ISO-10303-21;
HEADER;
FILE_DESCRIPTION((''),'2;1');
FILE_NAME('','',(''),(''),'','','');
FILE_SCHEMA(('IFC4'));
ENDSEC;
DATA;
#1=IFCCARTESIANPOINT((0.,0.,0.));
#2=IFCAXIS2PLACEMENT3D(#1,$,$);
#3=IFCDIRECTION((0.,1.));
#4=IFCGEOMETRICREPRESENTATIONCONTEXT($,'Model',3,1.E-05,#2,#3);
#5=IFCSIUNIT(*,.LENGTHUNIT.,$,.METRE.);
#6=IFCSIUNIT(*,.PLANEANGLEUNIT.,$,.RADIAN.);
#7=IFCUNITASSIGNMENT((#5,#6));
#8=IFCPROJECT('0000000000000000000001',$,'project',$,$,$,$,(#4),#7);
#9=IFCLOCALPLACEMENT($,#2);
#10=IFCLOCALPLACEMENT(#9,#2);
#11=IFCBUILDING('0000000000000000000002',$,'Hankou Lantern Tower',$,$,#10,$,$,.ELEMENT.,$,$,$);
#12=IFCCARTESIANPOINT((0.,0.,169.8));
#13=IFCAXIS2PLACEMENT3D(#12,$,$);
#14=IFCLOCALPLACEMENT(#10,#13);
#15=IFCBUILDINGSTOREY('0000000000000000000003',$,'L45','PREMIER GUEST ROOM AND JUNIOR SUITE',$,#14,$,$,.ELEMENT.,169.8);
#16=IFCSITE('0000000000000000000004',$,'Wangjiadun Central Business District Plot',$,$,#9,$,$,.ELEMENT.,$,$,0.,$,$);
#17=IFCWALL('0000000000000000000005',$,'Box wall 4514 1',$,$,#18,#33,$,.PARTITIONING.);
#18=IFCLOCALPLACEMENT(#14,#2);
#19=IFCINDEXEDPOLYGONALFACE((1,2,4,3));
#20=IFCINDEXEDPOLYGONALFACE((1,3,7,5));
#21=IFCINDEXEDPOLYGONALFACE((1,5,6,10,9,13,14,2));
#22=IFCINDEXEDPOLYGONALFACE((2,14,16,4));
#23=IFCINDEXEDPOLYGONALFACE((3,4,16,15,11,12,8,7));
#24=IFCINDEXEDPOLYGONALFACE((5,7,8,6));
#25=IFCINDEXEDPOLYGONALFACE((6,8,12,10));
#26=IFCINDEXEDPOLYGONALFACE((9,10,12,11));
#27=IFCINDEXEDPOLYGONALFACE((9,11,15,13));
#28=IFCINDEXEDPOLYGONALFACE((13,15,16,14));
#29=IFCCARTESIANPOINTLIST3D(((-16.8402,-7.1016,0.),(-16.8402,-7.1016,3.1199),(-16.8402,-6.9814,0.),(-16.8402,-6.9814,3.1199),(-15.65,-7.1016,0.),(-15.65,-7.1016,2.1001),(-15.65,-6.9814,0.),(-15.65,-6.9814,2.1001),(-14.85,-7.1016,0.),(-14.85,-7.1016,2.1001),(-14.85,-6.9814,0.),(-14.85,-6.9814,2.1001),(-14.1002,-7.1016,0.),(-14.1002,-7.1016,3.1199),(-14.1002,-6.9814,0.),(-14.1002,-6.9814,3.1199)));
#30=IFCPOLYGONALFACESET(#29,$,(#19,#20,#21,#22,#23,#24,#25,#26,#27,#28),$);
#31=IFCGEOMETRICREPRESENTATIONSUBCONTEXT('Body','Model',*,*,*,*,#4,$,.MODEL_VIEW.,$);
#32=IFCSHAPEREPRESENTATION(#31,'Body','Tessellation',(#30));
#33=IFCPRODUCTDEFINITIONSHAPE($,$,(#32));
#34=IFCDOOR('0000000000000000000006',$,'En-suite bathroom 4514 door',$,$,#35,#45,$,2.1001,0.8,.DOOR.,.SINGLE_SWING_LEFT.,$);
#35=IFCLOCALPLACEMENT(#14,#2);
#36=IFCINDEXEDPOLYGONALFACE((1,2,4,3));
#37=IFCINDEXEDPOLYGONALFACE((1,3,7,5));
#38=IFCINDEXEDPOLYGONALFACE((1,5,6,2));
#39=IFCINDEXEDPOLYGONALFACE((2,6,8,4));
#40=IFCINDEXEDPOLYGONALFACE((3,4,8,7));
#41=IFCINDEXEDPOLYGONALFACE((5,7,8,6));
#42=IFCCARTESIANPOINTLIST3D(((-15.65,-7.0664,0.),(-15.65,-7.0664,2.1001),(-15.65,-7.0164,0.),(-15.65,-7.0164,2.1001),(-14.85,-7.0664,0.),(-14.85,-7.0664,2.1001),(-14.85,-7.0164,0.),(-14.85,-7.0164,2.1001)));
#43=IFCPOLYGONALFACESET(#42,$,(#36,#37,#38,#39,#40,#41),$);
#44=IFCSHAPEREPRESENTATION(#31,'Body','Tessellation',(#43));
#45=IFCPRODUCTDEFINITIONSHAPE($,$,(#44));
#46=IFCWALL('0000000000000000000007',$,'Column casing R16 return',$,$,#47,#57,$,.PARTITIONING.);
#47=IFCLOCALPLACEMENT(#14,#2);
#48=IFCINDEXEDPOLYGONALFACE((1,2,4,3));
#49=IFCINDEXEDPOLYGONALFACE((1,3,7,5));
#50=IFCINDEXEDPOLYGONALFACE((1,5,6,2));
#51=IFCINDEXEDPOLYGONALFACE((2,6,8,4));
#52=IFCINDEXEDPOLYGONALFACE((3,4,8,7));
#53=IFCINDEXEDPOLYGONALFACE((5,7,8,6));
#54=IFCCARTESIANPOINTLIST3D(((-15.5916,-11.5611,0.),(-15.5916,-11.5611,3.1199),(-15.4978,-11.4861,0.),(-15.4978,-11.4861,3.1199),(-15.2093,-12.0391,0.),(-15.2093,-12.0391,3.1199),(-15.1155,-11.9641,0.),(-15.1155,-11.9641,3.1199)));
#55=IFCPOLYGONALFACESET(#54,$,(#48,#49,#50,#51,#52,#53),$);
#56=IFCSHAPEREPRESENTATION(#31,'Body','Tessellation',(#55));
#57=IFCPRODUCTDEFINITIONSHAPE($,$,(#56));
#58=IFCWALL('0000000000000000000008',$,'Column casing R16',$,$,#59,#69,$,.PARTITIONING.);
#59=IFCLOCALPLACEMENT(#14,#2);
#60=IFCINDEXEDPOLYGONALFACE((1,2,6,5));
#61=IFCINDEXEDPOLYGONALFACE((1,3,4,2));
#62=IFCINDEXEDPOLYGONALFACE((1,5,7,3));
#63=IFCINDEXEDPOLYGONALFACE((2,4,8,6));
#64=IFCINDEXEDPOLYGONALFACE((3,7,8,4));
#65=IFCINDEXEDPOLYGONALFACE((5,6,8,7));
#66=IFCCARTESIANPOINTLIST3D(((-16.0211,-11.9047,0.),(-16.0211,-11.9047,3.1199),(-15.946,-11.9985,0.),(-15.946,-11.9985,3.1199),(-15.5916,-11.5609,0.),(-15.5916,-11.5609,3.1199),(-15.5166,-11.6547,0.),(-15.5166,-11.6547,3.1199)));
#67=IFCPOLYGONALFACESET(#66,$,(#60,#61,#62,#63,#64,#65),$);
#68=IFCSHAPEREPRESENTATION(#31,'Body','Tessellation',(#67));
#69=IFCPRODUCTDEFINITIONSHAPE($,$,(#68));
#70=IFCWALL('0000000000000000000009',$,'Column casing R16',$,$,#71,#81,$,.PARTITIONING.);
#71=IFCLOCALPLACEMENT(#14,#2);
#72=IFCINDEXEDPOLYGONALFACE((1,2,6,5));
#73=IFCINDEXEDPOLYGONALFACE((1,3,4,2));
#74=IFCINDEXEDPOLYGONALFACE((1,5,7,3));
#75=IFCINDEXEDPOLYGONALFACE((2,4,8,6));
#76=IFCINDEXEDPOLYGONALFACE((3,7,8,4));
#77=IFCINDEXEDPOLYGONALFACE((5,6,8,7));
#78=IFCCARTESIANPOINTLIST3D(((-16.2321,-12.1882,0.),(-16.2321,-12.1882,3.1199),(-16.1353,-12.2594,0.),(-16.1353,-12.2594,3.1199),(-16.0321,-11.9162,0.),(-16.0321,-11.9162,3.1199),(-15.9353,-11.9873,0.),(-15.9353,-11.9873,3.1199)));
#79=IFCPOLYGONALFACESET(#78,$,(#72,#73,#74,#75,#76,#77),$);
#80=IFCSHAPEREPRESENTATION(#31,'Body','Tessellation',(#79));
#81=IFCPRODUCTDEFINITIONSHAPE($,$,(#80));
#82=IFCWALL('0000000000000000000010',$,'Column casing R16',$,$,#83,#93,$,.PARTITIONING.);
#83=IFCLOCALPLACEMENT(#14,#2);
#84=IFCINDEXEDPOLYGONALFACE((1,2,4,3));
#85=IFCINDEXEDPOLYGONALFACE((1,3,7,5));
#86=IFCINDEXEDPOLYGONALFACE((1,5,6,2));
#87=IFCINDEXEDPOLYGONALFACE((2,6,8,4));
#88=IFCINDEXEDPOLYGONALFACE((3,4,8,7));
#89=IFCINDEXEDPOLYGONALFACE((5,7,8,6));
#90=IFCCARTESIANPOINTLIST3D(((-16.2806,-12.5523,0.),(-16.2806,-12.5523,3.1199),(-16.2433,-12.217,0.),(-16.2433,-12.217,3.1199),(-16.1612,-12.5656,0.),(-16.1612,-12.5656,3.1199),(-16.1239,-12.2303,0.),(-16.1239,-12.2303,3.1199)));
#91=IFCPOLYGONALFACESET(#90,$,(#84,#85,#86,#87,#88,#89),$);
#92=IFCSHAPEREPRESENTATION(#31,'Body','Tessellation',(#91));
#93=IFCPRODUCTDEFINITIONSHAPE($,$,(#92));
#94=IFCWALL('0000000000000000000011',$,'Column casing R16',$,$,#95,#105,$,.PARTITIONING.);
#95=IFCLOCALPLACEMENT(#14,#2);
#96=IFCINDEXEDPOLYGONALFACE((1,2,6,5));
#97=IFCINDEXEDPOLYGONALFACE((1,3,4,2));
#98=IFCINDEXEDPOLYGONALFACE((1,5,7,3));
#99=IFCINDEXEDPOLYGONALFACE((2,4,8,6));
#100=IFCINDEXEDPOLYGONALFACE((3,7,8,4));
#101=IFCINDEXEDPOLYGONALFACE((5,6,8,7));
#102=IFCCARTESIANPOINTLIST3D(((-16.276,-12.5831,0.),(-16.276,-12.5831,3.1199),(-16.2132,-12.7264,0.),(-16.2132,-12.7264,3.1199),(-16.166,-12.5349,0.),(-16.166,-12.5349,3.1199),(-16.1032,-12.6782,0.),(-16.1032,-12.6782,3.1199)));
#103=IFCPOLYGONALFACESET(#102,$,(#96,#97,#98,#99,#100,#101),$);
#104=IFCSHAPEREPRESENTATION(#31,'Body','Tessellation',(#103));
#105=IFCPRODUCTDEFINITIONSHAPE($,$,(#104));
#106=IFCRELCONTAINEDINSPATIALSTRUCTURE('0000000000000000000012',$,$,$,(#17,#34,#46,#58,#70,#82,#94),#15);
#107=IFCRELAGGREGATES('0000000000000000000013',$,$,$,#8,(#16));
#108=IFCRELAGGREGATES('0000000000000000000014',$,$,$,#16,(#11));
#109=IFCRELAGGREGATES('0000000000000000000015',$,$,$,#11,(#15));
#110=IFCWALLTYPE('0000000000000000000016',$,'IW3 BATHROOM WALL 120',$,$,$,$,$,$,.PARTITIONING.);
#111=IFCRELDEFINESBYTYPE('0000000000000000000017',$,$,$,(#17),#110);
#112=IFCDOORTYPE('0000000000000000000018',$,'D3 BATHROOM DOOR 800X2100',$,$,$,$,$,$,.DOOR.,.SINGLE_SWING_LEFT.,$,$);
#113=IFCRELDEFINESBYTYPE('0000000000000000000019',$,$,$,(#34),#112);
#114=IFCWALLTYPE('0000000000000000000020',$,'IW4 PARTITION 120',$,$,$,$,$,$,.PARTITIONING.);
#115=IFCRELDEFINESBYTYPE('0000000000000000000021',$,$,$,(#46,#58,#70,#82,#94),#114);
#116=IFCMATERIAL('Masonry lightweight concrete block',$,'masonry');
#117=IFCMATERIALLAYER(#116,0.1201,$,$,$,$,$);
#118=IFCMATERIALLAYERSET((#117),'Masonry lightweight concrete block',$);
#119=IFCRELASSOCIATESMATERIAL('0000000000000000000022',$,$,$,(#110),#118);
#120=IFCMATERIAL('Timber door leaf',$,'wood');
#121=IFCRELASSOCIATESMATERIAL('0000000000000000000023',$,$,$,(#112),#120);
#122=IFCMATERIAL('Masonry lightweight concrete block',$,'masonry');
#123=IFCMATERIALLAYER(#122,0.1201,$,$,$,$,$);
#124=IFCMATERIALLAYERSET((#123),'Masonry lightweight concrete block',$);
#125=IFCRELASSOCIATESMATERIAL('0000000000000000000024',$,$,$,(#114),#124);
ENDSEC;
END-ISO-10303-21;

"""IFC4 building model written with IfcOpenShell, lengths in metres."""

from ifc_helpers import new_model, si_unit, direction, frame, frame_2d, origin, place, context, subcontext, project, spatial, rectangle, extrude, material, layer, layer_set, type_object, element, fill, save


model = new_model("IFC4")

# Units and contexts
model_context = context("Model", 3, precision=1e-05, world=origin(), true_north=direction((0.0, 1.0)))
body_context = subcontext(model_context, "Body", "Model", "MODEL_VIEW")
ifc_project = project(units=[si_unit("LENGTHUNIT", "METRE"), si_unit("PLANEANGLEUNIT", "RADIAN")], contexts=[model_context])

# Site, building, storey
site_placement = place(None, origin())
site = spatial("IfcSite", under=ifc_project, at=site_placement, Name="Wangjiadun Central Business District Plot", CompositionType="ELEMENT", RefElevation=0.0)
building_placement = place(site_placement, origin())
building = spatial("IfcBuilding", under=site, at=building_placement, Name="Hankou Lantern Tower", CompositionType="ELEMENT")
storey_placement = place(building_placement, frame((0.0, 0.0, 169.8)))
storey = spatial("IfcBuildingStorey", under=building, at=storey_placement, Name="L45", Description="PREMIER GUEST ROOM AND JUNIOR SUITE", CompositionType="ELEMENT", Elevation=169.8)

# Shared definitions
ifc_material_1 = material(Name="Masonry lightweight concrete block", Category="masonry")
ifc_layer_1 = layer(ifc_material_1, 0.1201)
ifc_layer_set_1 = layer_set([ifc_layer_1], Name="Masonry lightweight concrete block")
wall_type_1 = type_object("IfcWallType", Name="IW3 BATHROOM WALL 120", PredefinedType="PARTITIONING", material=ifc_layer_set_1)

# Wall, opening, door
ifc_material_2 = material(Name="Timber door leaf", Category="wood")
door_type = type_object("IfcDoorType", Name="D3 BATHROOM DOOR 800X2100", OperationType="SINGLE_SWING_LEFT", PredefinedType="DOOR", material=ifc_material_2)
wall_1_placement = place(storey_placement, frame((-14.1001, -7.0415, 0.0), z_axis=(0.0, 0.0, 1.0), x_axis=(-1.0, 0.0, 0.0)))
wall_1 = element("IfcWall", 1, at=wall_1_placement, inside=storey, type_object=wall_type_1, Name="Box wall 4514 1", PredefinedType="PARTITIONING", context=body_context, shape_type="SweptSolid", body=[
    extrude(rectangle(XDim=2.74, YDim=0.1201, at=frame_2d((1.3701, 0.0))), origin(), (0.0, 0.0, 1.0), 3.1199),
])
opening_1_placement = place(wall_1_placement, frame((0.75, 0.0, 0.0)))
opening_1 = element("IfcOpeningElement", 2, at=opening_1_placement, cuts=wall_1, PredefinedType="OPENING", context=body_context, shape_type="SweptSolid", body=[
    extrude(rectangle(XDim=0.8, YDim=2.1001, at=frame_2d((0.3999, 1.05))), frame((0.0, 0.0701, 0.0), z_axis=(0.0, -1.0, 0.0), x_axis=(1.0, 0.0, 0.0)), (0.0, 0.0, 1.0), 0.1401),
])
door_1_placement = place(opening_1_placement, origin())
door_1 = element("IfcDoor", 3, at=door_1_placement, inside=storey, type_object=door_type, Name="En-suite bathroom 4514 door", OperationType="SINGLE_SWING_LEFT", OverallHeight=2.1001, OverallWidth=0.8, PredefinedType="DOOR", context=body_context, shape_type="SweptSolid", body=[
    extrude(rectangle(XDim=0.8, YDim=2.1001, at=frame_2d((0.3999, 1.05))), frame((0.0, 0.0249, 0.0), z_axis=(0.0, -1.0, 0.0), x_axis=(1.0, 0.0, 0.0)), (0.0, 0.0, 1.0), 0.05),
])
fill(opening_1, door_1)

# Walls
ifc_material_3 = material(Name="Masonry lightweight concrete block", Category="masonry")
ifc_layer_2 = layer(ifc_material_3, 0.1201)
ifc_layer_set_2 = layer_set([ifc_layer_2], Name="Masonry lightweight concrete block")
wall_type_2 = type_object("IfcWallType", Name="IW4 PARTITION 120", PredefinedType="PARTITIONING", material=ifc_layer_set_2)
wall_2_placement = place(storey_placement, frame((-15.1624, -12.0017, 0.0), z_axis=(0.0, 0.0, 1.0), x_axis=(-0.624598, 0.780947, 0.0)))
element("IfcWall", 4, at=wall_2_placement, inside=storey, type_object=wall_type_2, Name="Column casing R16 return", PredefinedType="PARTITIONING", context=body_context, shape_type="SweptSolid", body=[
    extrude(rectangle(XDim=0.6121, YDim=0.1201, at=frame_2d((0.3062, 0.0))), origin(), (0.0, 0.0, 1.0), 3.1199),
])
wall_3_placement = place(storey_placement, frame((-15.5542, -11.6079, 0.0), z_axis=(0.0, 0.0, 1.0), x_axis=(-0.780696, -0.624912, 0.0)))
element("IfcWall", 5, at=wall_3_placement, inside=storey, type_object=wall_type_2, Name="Column casing R16", PredefinedType="PARTITIONING", context=body_context, shape_type="SweptSolid", body=[
    extrude(rectangle(XDim=0.55, YDim=0.1201, at=frame_2d((0.2749, 0.0))), origin(), (0.0, 0.0, 1.0), 3.1199),
])
wall_4_placement = place(storey_placement, frame((-15.9836, -11.9517, 0.0), z_axis=(0.0, 0.0, 1.0), x_axis=(-0.592335, -0.805692, 0.0)))
element("IfcWall", 6, at=wall_4_placement, inside=storey, type_object=wall_type_2, Name="Column casing R16", PredefinedType="PARTITIONING", context=body_context, shape_type="SweptSolid", body=[
    extrude(rectangle(XDim=0.3376, YDim=0.1201, at=frame_2d((0.1689, 0.0))), origin(), (0.0, 0.0, 1.0), 3.1199),
])
wall_5_placement = place(storey_placement, frame((-16.1836, -12.2236, 0.0), z_axis=(0.0, 0.0, 1.0), x_axis=(-0.11067, -0.993857, 0.0)))
element("IfcWall", 7, at=wall_5_placement, inside=storey, type_object=wall_type_2, Name="Column casing R16", PredefinedType="PARTITIONING", context=body_context, shape_type="SweptSolid", body=[
    extrude(rectangle(XDim=0.3374, YDim=0.1201, at=frame_2d((0.1687, 0.0))), origin(), (0.0, 0.0, 1.0), 3.1199),
])
wall_6_placement = place(storey_placement, frame((-16.2209, -12.5591, 0.0), z_axis=(0.0, 0.0, 1.0), x_axis=(0.401064, -0.91605, 0.0)))
element("IfcWall", 8, at=wall_6_placement, inside=storey, type_object=wall_type_2, Name="Column casing R16", PredefinedType="PARTITIONING", context=body_context, shape_type="SweptSolid", body=[
    extrude(rectangle(XDim=0.1565, YDim=0.1201, at=frame_2d((0.0781, 0.0))), origin(), (0.0, 0.0, 1.0), 3.1199),
])

save(model, "model.ifc")
